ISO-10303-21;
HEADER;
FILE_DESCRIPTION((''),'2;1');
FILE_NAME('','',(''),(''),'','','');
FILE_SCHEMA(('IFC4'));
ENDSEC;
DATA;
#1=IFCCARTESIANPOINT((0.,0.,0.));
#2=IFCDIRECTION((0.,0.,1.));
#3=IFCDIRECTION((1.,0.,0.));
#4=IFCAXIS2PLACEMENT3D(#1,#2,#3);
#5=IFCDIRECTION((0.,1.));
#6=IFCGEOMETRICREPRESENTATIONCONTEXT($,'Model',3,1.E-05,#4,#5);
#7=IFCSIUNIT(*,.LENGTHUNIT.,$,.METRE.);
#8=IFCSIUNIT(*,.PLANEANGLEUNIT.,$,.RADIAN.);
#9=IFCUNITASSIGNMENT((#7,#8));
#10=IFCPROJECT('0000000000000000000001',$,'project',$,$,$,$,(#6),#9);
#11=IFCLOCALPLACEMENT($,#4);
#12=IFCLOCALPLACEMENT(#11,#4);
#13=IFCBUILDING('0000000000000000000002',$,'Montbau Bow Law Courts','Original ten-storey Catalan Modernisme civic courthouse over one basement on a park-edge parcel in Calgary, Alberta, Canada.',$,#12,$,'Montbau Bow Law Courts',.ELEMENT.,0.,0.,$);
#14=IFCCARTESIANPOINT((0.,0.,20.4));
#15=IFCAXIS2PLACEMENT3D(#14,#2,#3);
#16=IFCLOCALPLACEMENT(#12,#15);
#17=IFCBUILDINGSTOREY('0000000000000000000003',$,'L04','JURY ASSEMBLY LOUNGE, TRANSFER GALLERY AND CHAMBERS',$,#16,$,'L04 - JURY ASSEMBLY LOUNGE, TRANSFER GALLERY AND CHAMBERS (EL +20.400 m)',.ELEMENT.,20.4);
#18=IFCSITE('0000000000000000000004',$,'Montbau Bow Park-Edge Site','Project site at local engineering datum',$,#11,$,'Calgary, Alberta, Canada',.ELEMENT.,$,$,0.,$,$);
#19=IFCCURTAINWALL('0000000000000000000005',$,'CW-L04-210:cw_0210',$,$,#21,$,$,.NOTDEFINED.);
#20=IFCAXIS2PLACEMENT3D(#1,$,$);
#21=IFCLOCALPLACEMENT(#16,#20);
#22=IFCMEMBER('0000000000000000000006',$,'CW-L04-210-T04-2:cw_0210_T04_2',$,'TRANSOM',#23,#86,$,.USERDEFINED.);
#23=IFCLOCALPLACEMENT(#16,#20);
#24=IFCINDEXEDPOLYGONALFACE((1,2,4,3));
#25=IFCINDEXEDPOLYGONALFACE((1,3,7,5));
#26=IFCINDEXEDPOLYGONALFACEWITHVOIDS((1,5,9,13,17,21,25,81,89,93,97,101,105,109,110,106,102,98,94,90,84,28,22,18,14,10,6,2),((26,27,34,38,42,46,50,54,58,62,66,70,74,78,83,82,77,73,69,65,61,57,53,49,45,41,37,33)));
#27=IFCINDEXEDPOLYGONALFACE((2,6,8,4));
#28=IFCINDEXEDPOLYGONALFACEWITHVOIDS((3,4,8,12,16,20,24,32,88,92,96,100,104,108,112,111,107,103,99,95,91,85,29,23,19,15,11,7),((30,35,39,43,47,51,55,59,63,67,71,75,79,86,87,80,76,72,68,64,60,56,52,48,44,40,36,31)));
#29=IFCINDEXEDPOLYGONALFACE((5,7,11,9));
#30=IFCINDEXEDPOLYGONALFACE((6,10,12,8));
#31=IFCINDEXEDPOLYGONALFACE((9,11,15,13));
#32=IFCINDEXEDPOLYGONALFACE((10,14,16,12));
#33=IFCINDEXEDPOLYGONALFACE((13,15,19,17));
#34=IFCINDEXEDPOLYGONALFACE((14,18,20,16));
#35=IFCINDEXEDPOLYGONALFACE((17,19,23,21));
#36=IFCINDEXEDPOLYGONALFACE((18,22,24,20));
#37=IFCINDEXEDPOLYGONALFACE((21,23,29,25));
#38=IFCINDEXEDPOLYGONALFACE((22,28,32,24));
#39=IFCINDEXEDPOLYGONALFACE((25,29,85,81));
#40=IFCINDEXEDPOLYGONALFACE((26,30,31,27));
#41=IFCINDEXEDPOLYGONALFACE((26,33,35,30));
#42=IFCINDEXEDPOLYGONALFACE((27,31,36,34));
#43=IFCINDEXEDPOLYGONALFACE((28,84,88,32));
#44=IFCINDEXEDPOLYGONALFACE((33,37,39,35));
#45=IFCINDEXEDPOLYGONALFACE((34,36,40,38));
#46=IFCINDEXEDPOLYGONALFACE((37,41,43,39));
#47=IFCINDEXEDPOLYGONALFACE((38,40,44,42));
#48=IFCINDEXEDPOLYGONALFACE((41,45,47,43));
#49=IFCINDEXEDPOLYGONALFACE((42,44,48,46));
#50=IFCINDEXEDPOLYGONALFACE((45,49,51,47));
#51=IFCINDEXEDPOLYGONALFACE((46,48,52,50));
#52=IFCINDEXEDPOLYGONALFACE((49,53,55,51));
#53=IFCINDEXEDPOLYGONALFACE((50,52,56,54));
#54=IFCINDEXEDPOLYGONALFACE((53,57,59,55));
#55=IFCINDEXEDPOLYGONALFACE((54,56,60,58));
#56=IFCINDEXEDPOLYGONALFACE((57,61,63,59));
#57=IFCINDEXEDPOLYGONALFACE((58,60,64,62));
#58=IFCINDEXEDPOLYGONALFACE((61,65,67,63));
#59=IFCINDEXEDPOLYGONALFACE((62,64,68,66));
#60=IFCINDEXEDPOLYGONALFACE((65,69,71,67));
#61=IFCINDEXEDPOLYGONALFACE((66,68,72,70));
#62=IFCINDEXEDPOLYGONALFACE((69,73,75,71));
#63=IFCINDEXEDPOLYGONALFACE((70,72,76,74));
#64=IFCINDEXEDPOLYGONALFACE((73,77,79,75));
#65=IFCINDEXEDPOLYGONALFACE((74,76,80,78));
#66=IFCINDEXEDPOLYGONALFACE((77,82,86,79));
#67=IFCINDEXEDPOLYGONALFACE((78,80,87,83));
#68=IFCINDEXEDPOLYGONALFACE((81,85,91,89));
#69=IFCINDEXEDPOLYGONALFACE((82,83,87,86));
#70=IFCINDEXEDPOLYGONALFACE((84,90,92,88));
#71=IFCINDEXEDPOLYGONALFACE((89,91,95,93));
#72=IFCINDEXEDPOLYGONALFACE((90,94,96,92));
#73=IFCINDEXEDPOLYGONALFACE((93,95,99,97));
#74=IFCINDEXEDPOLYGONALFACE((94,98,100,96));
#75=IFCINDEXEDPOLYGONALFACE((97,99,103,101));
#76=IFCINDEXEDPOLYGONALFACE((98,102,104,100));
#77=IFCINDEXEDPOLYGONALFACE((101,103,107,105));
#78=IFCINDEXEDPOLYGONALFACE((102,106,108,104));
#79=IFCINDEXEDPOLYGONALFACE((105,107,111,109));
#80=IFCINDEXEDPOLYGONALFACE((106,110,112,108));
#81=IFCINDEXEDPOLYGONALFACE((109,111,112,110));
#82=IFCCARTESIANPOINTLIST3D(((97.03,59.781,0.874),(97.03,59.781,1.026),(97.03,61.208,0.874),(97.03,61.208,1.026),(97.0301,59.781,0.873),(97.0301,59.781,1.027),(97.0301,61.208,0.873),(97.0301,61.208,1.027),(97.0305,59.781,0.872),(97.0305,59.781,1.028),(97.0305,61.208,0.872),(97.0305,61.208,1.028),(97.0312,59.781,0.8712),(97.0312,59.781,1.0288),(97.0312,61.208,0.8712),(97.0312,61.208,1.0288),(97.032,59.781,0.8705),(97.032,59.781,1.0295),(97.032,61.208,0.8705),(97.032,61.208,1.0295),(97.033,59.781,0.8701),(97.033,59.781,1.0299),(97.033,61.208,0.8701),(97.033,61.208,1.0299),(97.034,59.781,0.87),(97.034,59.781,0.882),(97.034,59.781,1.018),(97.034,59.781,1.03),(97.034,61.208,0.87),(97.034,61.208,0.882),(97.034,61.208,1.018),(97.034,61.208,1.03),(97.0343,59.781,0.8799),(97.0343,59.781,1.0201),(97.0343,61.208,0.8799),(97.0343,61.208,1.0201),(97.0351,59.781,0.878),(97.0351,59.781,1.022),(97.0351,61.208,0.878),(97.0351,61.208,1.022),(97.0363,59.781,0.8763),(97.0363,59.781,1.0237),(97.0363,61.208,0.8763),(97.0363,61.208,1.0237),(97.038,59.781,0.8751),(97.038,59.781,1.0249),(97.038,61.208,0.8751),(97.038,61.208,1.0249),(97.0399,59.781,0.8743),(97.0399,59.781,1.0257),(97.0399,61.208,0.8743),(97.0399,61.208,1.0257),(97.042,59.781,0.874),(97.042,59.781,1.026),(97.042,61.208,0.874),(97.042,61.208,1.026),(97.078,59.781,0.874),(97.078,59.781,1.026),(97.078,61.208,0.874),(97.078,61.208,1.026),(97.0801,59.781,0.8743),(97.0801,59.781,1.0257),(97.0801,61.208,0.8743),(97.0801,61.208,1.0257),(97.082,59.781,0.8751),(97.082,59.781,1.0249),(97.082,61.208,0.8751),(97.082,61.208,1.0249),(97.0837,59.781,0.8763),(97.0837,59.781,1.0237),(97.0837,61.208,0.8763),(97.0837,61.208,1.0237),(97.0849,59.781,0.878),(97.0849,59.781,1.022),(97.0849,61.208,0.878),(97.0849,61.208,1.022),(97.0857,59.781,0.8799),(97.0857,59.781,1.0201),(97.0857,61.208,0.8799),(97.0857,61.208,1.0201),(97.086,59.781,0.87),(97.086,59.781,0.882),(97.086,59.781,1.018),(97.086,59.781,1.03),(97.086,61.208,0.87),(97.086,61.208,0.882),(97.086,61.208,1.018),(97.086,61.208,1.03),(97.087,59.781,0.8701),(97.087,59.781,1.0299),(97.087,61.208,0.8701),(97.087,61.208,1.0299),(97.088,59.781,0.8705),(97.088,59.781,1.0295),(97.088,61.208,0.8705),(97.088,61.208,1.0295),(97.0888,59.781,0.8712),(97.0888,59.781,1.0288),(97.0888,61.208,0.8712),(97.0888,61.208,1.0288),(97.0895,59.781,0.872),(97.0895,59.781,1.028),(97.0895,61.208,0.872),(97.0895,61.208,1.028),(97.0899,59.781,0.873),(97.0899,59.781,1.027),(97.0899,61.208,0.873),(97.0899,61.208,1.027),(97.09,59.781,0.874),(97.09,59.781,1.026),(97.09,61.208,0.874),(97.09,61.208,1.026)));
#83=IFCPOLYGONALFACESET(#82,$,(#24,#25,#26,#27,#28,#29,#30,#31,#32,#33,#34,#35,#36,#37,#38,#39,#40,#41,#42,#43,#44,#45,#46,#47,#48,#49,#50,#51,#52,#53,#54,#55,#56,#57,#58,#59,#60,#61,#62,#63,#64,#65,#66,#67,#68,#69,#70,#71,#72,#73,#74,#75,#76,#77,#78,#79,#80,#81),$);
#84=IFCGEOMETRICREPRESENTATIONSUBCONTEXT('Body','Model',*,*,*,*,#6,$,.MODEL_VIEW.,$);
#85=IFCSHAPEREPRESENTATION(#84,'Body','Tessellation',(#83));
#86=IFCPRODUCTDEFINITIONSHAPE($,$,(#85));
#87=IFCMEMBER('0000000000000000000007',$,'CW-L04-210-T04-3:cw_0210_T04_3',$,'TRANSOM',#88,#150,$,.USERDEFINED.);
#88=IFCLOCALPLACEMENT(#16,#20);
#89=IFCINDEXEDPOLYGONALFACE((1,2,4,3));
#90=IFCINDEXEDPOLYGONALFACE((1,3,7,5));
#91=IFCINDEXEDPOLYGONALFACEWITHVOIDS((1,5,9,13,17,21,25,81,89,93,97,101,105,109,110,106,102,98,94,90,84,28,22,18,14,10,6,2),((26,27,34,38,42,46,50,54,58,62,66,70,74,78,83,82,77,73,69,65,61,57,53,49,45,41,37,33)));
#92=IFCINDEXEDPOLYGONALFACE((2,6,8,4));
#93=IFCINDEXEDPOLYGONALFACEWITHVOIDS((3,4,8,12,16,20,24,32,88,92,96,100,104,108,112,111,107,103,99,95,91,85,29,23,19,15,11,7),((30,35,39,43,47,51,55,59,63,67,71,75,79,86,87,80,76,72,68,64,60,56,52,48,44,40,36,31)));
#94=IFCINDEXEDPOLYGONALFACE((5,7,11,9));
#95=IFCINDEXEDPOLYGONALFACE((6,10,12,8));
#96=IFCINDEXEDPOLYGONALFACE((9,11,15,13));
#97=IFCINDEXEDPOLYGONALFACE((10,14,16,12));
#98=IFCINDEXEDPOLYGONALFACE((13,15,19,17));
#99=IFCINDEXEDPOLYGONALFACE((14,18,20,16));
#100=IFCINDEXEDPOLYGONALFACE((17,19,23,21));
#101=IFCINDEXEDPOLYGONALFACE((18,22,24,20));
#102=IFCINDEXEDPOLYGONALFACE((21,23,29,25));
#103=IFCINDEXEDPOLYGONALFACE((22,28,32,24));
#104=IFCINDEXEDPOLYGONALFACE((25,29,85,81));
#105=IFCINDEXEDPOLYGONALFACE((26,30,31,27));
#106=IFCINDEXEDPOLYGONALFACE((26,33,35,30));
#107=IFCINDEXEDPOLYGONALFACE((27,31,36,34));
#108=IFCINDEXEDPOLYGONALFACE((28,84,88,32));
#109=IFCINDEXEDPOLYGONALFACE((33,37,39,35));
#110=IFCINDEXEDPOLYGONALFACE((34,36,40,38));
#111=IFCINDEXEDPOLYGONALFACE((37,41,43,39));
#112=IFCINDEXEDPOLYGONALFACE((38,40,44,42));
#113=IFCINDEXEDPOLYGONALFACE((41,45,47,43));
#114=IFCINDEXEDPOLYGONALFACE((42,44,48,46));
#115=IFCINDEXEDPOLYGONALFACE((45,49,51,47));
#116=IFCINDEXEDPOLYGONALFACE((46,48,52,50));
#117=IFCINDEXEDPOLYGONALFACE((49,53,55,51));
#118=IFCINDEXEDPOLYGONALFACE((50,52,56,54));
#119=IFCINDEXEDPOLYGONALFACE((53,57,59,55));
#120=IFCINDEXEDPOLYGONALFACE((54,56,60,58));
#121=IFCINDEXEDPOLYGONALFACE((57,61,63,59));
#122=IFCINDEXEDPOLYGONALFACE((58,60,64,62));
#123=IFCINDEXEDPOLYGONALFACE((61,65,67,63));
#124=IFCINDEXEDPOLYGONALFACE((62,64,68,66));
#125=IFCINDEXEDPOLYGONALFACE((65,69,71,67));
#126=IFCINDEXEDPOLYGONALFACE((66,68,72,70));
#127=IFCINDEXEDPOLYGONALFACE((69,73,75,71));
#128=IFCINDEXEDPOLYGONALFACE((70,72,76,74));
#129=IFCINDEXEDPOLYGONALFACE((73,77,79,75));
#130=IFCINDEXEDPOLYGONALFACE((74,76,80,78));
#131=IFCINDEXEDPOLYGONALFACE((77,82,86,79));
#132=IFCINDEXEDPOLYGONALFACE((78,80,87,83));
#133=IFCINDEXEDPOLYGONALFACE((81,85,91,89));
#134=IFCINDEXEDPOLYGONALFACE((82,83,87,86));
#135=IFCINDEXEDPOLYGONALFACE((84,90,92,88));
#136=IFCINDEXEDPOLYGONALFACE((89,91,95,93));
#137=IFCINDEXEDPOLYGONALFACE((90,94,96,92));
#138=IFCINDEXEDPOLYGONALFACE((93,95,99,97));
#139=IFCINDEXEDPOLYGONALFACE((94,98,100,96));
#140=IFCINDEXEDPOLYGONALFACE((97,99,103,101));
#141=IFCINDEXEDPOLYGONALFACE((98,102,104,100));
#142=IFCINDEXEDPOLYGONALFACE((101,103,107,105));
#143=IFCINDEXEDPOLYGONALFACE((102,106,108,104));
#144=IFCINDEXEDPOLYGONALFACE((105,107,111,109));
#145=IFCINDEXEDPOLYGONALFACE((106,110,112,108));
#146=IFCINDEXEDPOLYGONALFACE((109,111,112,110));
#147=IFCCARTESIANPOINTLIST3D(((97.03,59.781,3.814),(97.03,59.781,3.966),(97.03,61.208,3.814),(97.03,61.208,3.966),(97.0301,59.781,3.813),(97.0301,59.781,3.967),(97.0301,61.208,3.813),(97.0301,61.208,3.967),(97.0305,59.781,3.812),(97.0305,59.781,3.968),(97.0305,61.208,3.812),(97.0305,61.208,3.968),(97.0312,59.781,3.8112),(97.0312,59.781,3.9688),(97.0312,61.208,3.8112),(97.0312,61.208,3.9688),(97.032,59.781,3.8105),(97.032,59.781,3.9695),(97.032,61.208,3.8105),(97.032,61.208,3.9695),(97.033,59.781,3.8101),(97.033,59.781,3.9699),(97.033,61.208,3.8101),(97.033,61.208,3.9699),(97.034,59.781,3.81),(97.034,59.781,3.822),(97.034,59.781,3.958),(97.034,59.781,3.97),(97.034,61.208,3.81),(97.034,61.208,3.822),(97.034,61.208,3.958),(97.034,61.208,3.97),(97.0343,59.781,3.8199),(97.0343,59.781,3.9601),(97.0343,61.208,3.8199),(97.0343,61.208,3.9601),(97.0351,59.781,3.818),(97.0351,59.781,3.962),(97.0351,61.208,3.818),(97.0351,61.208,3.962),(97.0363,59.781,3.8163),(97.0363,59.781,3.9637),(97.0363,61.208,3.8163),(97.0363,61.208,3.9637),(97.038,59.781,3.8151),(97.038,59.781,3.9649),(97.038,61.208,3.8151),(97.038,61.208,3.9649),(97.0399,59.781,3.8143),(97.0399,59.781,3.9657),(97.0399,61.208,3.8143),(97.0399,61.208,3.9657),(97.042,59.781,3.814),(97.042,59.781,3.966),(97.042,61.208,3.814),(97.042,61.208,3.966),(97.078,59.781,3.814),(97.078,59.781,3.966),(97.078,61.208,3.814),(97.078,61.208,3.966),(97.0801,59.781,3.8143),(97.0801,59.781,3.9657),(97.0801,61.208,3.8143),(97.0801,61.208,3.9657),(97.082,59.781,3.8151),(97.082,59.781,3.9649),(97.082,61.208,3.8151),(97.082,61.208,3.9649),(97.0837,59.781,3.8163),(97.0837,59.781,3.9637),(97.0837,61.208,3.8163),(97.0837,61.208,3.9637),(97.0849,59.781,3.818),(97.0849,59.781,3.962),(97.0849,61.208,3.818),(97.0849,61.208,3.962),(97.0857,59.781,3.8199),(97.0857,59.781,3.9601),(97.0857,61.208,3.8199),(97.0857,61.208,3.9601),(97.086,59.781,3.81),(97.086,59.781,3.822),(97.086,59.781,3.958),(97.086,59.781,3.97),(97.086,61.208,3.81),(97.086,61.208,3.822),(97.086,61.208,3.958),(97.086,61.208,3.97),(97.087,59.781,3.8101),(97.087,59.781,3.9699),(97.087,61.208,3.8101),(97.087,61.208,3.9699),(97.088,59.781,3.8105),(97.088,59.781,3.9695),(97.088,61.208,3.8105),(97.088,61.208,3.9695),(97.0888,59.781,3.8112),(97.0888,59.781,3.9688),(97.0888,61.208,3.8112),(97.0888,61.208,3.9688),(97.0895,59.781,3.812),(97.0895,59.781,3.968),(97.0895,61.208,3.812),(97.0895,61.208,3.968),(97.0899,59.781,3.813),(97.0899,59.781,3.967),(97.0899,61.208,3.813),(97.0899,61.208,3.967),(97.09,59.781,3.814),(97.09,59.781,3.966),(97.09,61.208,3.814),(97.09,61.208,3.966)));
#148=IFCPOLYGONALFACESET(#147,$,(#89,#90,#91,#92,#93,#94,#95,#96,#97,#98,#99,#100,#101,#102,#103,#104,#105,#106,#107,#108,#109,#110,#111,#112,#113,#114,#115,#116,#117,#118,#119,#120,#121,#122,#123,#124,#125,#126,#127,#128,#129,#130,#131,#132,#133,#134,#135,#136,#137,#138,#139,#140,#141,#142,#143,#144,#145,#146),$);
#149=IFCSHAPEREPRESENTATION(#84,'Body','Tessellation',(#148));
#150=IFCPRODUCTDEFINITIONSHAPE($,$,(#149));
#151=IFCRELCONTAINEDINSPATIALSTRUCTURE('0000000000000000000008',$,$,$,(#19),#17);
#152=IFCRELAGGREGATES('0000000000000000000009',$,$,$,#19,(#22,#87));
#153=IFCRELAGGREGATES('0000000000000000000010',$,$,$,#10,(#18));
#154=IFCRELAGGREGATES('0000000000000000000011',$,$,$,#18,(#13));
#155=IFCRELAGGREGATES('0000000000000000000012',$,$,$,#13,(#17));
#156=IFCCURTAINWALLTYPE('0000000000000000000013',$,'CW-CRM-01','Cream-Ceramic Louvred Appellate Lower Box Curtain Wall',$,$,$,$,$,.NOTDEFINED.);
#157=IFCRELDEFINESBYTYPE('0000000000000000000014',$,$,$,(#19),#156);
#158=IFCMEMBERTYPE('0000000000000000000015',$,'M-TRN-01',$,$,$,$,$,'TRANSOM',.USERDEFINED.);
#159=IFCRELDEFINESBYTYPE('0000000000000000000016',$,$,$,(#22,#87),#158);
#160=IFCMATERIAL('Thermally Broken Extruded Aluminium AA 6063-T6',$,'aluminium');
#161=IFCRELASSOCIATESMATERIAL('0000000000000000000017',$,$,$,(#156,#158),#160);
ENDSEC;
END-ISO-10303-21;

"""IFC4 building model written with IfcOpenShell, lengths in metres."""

from ifc_helpers import new_model, si_unit, direction, frame, origin_with_axes, origin_2d_with_axis, place, context, subcontext, project, spatial, hollow_rectangle, extrude, material, material_profile, profile_set, type_object, element, aggregate, save


model = new_model("IFC4")

# Units and contexts
model_context = context("Model", 3, precision=1e-05, world=origin_with_axes(), true_north=direction((0.0, 1.0)))
body_context = subcontext(model_context, "Body", "Model", "MODEL_VIEW")
ifc_project = project(units=[si_unit("LENGTHUNIT", "METRE"), si_unit("PLANEANGLEUNIT", "RADIAN")], contexts=[model_context])

# Site, building, storey
site_placement = place(None, origin_with_axes())
site = spatial("IfcSite", under=ifc_project, at=site_placement, Name="Montbau Bow Park-Edge Site", Description="Project site at local engineering datum", LongName="Calgary, Alberta, Canada", CompositionType="ELEMENT", RefElevation=0.0)
building_placement = place(site_placement, origin_with_axes())
building = spatial("IfcBuilding", under=site, at=building_placement, Name="Montbau Bow Law Courts", Description="Original ten-storey Catalan Modernisme civic courthouse over one basement on a park-edge parcel in Calgary, Alberta, Canada.", LongName="Montbau Bow Law Courts", CompositionType="ELEMENT", ElevationOfRefHeight=0.0, ElevationOfTerrain=0.0)
storey_placement = place(building_placement, frame((0.0, 0.0, 20.4), z_axis=(0.0, 0.0, 1.0), x_axis=(1.0, 0.0, 0.0)))
storey = spatial("IfcBuildingStorey", under=building, at=storey_placement, Name="L04", Description="JURY ASSEMBLY LOUNGE, TRANSFER GALLERY AND CHAMBERS", LongName="L04 - JURY ASSEMBLY LOUNGE, TRANSFER GALLERY AND CHAMBERS (EL +20.400 m)", CompositionType="ELEMENT", Elevation=20.4)

# Curtain wall
ifc_material_1 = material(Name="Thermally Broken Extruded Aluminium AA 6063-T6", Category="aluminium")
curtain_wall_type = type_object("IfcCurtainWallType", Name="CW-CRM-01", Description="Cream-Ceramic Louvred Appellate Lower Box Curtain Wall", PredefinedType="NOTDEFINED", material=ifc_material_1)
curtain_wall_1_placement = place(None, frame((97.06, 55.115, 20.4), z_axis=(0.0, 0.0, 1.0), x_axis=(1.0, 0.0, 0.0)))
curtain_wall_1 = element("IfcCurtainWall", 1, at=curtain_wall_1_placement, inside=storey, type_object=curtain_wall_type, Name="CW-L04-210:cw_0210", PredefinedType="NOTDEFINED")

# Members
ifc_material_profile_1 = material_profile(ifc_material_1, hollow_rectangle(XDim=0.06, YDim=0.16, WallThickness=0.004, InnerFilletRadius=0.008, OuterFilletRadius=0.004, at=origin_2d_with_axis()), Name="CWT-160X60", Category="Main", Priority=0)
ifc_profile_set_1 = profile_set([ifc_material_profile_1], Name="Thermally Broken Extruded Aluminium AA 6063-T6")
member_type_1 = type_object("IfcMemberType", Name="M-TRN-01", ElementType="TRANSOM", PredefinedType="USERDEFINED", material=ifc_profile_set_1)
member_1_placement = place(None, frame((97.06, 59.781, 21.35), z_axis=(0.0, 1.0, 0.0), x_axis=(-1.0, 0.0, 0.0)))
member_1 = element("IfcMember", 2, at=member_1_placement, type_object=member_type_1, Name="CW-L04-210-T04-2:cw_0210_T04_2", ObjectType="TRANSOM", PredefinedType="USERDEFINED", context=body_context, shape_type="SweptSolid", body=[
    extrude(hollow_rectangle(XDim=0.06, YDim=0.16, WallThickness=0.004, InnerFilletRadius=0.008, OuterFilletRadius=0.004, at=origin_2d_with_axis()), origin_with_axes(), (0.0, 0.0, 1.0), 1.427),
])
member_2_placement = place(None, frame((97.06, 59.781, 24.29), z_axis=(0.0, 1.0, 0.0), x_axis=(-1.0, 0.0, 0.0)))
member_2 = element("IfcMember", 3, at=member_2_placement, type_object=member_type_1, Name="CW-L04-210-T04-3:cw_0210_T04_3", ObjectType="TRANSOM", PredefinedType="USERDEFINED", context=body_context, shape_type="SweptSolid", body=[
    extrude(hollow_rectangle(XDim=0.06, YDim=0.16, WallThickness=0.004, InnerFilletRadius=0.008, OuterFilletRadius=0.004, at=origin_2d_with_axis()), origin_with_axes(), (0.0, 0.0, 1.0), 1.427),
])

aggregate(curtain_wall_1, [member_1, member_2])

save(model, "model.ifc")
